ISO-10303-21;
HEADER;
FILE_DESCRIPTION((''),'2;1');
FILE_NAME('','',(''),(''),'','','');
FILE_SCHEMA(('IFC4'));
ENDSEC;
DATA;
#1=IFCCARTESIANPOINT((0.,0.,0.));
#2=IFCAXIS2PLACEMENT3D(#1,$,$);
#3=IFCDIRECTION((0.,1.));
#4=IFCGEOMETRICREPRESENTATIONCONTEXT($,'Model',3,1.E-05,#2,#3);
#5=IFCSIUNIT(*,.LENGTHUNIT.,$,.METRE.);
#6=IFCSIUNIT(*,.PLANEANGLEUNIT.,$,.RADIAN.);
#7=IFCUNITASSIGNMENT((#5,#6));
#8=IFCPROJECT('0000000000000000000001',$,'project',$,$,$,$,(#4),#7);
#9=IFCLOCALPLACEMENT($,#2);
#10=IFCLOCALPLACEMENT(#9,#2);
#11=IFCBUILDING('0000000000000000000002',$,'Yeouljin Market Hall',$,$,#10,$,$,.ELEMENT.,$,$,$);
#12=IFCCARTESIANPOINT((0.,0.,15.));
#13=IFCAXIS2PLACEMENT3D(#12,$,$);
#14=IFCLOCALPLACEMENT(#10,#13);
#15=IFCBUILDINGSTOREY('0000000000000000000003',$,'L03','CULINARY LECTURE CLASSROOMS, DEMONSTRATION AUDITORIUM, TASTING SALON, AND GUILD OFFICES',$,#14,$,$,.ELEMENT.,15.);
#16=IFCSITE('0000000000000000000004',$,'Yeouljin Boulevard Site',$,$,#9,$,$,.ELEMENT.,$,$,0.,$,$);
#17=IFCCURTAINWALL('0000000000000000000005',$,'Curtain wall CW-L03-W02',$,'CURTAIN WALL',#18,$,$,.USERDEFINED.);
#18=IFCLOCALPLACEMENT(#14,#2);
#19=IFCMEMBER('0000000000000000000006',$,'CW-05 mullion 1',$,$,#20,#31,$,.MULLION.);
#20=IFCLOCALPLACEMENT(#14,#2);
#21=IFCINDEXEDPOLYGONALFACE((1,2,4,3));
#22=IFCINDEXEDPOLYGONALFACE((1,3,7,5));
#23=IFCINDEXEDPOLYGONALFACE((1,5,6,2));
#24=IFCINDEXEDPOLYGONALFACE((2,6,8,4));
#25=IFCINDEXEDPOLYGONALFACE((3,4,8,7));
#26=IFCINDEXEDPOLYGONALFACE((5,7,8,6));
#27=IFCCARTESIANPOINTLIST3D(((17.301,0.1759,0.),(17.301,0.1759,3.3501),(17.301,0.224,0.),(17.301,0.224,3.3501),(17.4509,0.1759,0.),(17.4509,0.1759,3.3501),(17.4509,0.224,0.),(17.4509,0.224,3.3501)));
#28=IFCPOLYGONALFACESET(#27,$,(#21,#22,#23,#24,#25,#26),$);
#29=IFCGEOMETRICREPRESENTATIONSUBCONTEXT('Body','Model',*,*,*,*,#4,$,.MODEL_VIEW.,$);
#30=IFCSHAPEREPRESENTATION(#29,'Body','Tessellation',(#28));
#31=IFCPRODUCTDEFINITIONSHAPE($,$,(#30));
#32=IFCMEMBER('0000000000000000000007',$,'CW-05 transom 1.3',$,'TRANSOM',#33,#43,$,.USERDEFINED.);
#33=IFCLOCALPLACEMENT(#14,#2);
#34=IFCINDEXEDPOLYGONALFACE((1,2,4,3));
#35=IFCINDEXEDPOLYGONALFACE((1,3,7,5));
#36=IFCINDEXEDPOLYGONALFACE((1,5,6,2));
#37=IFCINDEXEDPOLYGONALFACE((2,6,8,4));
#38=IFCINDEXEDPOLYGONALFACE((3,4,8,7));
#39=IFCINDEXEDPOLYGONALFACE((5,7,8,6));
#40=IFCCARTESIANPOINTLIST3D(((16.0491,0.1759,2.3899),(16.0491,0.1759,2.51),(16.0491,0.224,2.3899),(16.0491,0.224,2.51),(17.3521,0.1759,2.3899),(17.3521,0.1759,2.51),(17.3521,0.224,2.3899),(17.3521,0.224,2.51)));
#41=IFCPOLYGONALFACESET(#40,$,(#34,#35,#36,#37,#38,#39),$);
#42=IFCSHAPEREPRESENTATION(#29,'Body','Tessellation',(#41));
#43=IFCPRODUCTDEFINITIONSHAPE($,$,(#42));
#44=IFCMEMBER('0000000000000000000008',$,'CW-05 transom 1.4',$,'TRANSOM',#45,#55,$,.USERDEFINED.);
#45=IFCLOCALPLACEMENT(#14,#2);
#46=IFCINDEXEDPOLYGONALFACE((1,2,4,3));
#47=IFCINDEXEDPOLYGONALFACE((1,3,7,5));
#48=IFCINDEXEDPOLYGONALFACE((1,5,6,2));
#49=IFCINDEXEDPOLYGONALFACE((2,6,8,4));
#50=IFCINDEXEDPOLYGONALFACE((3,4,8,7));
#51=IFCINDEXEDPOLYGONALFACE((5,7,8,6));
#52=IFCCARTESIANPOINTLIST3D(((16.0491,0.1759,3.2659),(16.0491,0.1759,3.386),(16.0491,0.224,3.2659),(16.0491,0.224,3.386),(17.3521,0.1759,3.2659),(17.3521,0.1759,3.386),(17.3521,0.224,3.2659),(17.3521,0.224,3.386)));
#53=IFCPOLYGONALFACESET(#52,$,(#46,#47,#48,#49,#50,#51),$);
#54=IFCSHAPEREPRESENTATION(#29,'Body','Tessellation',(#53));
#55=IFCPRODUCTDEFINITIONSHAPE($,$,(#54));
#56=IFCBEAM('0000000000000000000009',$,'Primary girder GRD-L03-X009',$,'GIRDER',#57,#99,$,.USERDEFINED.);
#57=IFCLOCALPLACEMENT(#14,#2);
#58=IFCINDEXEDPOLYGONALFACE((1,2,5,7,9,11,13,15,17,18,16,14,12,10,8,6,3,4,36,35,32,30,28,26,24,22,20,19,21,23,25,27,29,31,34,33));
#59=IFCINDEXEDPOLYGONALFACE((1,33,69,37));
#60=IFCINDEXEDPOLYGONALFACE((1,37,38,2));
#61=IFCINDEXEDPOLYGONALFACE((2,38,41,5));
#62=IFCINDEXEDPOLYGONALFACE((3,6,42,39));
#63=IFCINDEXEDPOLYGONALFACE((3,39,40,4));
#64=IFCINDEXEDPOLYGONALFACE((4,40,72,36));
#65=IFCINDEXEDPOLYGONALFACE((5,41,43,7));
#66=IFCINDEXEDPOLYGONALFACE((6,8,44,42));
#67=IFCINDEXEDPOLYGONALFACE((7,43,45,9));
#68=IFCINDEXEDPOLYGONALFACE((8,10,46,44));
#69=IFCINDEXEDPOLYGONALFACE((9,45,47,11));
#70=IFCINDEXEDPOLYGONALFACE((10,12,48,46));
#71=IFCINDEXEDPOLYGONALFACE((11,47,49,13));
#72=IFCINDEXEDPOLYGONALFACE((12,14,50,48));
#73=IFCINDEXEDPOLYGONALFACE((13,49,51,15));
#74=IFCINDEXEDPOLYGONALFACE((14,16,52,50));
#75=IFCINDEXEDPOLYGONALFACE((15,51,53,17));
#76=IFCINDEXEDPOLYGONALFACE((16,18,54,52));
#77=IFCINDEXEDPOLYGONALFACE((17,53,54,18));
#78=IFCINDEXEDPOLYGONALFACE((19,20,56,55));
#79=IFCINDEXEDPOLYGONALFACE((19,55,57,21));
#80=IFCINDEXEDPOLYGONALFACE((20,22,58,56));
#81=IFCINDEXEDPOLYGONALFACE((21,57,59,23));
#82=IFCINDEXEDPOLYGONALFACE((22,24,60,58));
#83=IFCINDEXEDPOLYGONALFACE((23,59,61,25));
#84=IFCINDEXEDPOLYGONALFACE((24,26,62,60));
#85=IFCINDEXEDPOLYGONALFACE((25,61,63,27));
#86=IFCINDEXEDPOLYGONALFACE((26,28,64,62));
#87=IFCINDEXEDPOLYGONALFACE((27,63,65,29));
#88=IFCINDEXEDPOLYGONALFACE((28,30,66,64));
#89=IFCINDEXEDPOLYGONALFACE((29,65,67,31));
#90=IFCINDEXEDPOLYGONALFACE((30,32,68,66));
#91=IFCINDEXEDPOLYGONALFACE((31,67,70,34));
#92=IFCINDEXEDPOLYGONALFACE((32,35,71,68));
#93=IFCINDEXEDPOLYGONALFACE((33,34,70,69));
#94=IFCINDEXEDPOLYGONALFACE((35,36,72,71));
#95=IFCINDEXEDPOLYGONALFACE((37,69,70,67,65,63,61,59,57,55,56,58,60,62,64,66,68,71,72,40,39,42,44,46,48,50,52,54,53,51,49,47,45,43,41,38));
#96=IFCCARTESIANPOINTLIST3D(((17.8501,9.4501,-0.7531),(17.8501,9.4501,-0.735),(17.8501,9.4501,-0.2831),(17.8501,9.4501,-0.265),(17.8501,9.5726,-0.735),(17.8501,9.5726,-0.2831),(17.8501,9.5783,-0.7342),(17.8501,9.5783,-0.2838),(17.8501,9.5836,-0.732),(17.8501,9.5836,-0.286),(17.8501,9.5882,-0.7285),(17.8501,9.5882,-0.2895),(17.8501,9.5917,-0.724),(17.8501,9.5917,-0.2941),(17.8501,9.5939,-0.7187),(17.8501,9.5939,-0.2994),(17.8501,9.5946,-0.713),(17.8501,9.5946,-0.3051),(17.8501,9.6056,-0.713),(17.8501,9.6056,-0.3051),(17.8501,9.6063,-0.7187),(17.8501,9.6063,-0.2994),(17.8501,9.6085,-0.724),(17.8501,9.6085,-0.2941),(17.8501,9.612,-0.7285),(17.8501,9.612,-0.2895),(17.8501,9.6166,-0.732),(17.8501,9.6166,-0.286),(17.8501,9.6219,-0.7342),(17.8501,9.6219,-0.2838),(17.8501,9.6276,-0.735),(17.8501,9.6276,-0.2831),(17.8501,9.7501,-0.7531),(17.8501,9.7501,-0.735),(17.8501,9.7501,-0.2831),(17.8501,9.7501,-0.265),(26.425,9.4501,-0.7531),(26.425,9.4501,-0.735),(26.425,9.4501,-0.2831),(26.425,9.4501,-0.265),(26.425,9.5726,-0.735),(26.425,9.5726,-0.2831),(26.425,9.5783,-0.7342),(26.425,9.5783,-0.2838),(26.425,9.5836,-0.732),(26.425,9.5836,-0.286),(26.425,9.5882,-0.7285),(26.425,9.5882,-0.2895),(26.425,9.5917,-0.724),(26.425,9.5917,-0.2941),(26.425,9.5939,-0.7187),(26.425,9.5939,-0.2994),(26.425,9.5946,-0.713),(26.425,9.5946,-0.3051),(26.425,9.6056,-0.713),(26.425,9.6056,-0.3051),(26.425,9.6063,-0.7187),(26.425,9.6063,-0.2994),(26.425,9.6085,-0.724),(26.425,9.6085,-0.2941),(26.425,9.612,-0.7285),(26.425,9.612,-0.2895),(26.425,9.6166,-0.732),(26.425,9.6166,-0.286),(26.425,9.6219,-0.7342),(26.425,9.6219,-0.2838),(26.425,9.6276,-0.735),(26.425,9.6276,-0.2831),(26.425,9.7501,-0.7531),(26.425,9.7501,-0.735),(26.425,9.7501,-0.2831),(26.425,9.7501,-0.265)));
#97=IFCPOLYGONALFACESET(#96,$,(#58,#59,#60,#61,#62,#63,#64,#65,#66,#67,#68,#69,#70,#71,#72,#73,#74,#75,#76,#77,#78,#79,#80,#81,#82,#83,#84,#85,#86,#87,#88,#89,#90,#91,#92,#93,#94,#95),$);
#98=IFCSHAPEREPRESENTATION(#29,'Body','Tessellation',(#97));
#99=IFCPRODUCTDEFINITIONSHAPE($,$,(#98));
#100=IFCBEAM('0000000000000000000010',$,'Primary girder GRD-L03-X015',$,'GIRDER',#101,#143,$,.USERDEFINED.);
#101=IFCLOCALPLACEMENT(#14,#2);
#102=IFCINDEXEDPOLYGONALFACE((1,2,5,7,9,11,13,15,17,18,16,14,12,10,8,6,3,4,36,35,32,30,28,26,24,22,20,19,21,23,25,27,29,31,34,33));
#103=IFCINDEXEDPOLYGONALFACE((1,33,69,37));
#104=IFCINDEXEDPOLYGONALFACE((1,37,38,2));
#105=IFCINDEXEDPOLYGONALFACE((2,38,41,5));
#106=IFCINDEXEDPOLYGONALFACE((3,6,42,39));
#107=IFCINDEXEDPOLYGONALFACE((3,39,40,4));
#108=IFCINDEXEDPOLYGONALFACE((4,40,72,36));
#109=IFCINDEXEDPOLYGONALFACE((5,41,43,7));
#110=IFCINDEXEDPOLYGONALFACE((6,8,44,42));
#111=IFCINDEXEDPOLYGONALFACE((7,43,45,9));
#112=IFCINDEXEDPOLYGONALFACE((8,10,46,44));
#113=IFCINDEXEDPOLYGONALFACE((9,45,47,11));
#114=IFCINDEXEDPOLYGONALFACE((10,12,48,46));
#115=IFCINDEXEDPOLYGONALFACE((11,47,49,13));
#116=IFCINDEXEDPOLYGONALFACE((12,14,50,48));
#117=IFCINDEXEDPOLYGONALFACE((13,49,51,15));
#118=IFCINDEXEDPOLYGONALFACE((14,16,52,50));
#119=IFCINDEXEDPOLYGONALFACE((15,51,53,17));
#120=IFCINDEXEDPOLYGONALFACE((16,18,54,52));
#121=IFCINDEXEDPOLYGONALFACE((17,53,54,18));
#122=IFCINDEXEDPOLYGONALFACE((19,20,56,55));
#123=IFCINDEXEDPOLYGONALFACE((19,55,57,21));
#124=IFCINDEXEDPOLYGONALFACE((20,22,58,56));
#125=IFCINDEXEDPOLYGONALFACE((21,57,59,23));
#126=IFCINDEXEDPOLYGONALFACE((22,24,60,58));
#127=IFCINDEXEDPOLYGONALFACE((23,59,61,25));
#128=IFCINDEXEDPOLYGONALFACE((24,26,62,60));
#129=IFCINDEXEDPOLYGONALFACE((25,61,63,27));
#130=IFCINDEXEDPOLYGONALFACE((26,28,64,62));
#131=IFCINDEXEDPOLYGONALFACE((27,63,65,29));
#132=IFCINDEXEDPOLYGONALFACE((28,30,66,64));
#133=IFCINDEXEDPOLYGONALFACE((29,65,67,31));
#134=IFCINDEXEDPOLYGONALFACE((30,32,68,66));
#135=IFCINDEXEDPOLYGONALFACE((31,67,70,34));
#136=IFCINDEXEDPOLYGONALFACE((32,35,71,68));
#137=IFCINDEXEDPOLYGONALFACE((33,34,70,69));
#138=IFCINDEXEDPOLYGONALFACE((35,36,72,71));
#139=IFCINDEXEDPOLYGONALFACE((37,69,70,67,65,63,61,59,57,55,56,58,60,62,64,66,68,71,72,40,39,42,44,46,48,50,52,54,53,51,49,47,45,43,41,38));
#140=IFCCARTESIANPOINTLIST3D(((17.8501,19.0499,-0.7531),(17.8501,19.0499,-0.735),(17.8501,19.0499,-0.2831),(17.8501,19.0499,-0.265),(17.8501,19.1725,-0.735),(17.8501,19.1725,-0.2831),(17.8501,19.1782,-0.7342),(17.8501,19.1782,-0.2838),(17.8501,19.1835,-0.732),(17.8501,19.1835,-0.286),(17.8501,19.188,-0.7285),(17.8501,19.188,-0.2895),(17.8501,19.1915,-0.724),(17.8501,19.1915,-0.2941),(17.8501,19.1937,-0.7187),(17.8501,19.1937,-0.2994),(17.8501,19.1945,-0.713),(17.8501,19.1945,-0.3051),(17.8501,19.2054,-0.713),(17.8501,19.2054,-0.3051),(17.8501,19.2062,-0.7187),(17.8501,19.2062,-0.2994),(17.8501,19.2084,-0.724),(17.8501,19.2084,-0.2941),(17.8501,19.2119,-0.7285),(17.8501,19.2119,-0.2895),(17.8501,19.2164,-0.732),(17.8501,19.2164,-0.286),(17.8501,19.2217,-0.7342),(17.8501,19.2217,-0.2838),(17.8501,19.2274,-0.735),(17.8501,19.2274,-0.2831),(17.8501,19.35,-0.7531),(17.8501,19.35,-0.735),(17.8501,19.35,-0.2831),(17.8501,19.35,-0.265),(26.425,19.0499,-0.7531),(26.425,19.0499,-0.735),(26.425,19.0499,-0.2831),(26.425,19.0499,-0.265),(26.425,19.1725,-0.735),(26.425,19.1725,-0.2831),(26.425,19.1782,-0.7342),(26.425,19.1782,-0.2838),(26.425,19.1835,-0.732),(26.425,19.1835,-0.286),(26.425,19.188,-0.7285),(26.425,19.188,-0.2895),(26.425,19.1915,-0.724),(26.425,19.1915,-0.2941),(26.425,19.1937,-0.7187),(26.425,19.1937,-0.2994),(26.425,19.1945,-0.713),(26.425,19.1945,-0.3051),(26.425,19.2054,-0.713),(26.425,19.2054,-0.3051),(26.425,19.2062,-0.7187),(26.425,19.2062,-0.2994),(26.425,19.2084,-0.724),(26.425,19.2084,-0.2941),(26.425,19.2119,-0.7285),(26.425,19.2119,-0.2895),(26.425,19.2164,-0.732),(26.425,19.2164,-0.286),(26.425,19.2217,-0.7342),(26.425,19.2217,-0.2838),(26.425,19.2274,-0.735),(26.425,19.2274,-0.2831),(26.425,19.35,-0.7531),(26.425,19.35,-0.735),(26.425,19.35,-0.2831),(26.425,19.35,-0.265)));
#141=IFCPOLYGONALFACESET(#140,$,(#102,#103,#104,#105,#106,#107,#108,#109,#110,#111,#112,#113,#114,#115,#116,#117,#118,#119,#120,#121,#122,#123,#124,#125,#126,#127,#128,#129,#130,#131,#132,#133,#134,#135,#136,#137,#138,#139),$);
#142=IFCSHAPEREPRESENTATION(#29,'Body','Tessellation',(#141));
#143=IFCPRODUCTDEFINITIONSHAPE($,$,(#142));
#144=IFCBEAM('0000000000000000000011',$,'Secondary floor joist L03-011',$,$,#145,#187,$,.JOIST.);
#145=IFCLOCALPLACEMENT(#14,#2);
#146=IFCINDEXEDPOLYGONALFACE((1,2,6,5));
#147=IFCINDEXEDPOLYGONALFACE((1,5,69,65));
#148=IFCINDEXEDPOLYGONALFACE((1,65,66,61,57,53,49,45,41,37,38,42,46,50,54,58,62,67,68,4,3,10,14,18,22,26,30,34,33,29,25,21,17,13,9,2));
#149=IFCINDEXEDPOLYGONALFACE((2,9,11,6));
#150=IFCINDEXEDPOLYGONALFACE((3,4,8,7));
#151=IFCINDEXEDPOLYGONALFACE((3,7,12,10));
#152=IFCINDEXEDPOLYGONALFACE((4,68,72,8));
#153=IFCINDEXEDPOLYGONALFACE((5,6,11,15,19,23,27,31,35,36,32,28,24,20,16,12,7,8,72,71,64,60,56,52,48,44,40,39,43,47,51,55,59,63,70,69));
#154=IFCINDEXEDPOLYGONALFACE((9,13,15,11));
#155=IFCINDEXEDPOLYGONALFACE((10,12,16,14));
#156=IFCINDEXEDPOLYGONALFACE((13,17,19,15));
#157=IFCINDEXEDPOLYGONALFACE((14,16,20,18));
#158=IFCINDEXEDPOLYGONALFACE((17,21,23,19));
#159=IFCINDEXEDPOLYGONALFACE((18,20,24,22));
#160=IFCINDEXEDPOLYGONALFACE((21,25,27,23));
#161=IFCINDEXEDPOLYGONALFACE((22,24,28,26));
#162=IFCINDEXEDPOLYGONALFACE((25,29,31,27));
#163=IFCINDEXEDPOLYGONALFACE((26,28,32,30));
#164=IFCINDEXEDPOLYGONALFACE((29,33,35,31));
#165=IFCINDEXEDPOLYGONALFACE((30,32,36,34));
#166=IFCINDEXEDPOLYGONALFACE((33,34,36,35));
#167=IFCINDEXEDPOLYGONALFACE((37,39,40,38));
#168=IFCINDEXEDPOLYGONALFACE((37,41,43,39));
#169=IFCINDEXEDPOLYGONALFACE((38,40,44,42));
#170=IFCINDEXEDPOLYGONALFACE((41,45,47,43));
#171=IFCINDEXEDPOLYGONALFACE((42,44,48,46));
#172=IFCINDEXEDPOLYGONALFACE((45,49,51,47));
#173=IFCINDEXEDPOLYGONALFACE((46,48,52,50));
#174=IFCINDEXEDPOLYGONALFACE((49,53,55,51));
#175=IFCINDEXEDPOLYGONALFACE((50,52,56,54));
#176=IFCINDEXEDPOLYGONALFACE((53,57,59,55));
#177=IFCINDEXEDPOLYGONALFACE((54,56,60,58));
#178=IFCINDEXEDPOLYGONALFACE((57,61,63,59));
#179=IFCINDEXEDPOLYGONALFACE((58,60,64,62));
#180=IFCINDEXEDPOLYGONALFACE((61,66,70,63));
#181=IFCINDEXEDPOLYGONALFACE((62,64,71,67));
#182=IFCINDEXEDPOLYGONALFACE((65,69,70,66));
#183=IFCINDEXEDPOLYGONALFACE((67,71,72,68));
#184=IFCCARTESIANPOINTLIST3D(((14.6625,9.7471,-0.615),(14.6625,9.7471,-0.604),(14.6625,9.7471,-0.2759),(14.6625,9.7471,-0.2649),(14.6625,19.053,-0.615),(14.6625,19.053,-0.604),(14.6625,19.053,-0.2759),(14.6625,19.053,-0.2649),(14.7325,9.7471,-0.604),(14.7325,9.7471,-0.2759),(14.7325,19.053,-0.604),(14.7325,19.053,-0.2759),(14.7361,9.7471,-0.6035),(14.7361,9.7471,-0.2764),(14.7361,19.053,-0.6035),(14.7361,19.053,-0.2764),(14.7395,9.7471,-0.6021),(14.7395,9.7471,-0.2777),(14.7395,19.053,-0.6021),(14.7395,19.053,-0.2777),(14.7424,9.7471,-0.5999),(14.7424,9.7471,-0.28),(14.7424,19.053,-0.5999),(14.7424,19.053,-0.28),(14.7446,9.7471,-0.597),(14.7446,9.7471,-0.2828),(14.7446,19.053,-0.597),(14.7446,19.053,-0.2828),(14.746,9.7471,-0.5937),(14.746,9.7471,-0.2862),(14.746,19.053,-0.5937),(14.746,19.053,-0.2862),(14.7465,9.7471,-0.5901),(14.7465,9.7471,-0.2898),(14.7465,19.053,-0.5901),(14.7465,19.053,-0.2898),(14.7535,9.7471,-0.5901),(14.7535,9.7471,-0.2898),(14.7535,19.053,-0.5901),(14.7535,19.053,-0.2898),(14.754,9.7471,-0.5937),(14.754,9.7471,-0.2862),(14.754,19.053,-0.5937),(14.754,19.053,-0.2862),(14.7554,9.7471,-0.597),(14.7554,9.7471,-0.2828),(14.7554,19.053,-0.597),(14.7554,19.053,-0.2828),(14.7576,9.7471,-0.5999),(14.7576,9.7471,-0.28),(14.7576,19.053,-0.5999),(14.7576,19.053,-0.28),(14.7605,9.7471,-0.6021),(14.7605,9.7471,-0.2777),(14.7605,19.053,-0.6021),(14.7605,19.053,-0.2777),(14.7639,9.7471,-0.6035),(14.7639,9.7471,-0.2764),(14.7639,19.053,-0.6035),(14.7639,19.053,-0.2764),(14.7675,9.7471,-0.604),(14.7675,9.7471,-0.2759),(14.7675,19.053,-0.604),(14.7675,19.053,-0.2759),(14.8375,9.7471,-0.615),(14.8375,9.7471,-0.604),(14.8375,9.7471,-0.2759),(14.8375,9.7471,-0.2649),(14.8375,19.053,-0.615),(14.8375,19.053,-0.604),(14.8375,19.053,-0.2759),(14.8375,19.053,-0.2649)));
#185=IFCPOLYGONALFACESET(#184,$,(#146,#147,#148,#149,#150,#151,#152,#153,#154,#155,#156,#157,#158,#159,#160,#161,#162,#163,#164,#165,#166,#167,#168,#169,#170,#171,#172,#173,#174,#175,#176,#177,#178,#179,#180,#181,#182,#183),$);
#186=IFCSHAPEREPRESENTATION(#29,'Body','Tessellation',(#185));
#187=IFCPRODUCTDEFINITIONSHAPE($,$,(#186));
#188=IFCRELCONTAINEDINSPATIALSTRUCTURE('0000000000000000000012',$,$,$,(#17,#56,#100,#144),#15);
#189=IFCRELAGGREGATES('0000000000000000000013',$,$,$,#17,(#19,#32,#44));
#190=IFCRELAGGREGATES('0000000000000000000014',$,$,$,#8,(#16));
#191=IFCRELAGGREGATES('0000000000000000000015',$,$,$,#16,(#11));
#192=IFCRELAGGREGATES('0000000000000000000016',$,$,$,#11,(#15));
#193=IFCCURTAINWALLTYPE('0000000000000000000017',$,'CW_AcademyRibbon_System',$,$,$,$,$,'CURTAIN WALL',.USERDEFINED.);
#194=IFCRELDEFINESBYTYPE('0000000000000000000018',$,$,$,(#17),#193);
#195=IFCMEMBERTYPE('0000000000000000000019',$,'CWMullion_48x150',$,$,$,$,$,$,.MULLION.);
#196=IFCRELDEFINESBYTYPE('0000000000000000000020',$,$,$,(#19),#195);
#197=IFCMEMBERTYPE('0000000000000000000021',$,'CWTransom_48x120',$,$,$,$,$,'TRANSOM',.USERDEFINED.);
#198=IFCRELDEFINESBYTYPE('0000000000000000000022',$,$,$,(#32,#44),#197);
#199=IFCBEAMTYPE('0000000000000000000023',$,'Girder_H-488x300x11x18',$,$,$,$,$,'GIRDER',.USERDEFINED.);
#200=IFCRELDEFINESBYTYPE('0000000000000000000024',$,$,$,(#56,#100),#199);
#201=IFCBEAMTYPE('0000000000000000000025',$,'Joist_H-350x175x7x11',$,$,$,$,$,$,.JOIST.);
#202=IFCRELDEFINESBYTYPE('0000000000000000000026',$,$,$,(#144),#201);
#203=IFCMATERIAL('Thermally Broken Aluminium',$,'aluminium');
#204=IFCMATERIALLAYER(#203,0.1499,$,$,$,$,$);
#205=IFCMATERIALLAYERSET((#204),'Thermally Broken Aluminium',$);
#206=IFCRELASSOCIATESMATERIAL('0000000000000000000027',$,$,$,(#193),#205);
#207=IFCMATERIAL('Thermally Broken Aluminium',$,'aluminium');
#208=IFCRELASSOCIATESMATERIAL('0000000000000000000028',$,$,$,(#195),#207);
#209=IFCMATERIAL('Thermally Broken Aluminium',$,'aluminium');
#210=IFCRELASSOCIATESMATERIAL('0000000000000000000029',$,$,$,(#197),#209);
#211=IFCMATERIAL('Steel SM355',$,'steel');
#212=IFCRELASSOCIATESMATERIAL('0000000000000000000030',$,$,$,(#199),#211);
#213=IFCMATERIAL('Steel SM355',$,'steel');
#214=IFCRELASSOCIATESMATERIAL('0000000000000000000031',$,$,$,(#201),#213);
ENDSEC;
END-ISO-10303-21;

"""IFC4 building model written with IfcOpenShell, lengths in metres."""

from ifc_helpers import new_model, si_unit, direction, frame, origin, origin_2d, place, context, subcontext, project, spatial, rectangle, i_section, extrude, material, layer, layer_set, material_profile, profile_set, type_object, element, aggregate, save


model = new_model("IFC4")

# Units and contexts
model_context = context("Model", 3, precision=1e-05, world=origin(), true_north=direction((0.0, 1.0)))
body_context = subcontext(model_context, "Body", "Model", "MODEL_VIEW")
ifc_project = project(units=[si_unit("LENGTHUNIT", "METRE"), si_unit("PLANEANGLEUNIT", "RADIAN")], contexts=[model_context])

# Site, building, storey
site_placement = place(None, origin())
site = spatial("IfcSite", under=ifc_project, at=site_placement, Name="Yeouljin Boulevard Site", CompositionType="ELEMENT", RefElevation=0.0)
building_placement = place(site_placement, origin())
building = spatial("IfcBuilding", under=site, at=building_placement, Name="Yeouljin Market Hall", CompositionType="ELEMENT")
storey_placement = place(building_placement, frame((0.0, 0.0, 15.0)))
storey = spatial("IfcBuildingStorey", under=building, at=storey_placement, Name="L03", Description="CULINARY LECTURE CLASSROOMS, DEMONSTRATION AUDITORIUM, TASTING SALON, AND GUILD OFFICES", CompositionType="ELEMENT", Elevation=15.0)

# Curtain wall, members
ifc_material_1 = material(Name="Thermally Broken Aluminium", Category="aluminium")
ifc_layer_1 = layer(ifc_material_1, 0.1499)
ifc_layer_set_1 = layer_set([ifc_layer_1], Name="Thermally Broken Aluminium")
curtain_wall_type = type_object("IfcCurtainWallType", Name="CW_AcademyRibbon_System", ElementType="CURTAIN WALL", PredefinedType="USERDEFINED", material=ifc_layer_set_1)
curtain_wall_placement = place(storey_placement, origin())
curtain_wall = element("IfcCurtainWall", 1, at=curtain_wall_placement, inside=storey, type_object=curtain_wall_type, Name="Curtain wall CW-L03-W02", ObjectType="CURTAIN WALL", PredefinedType="USERDEFINED")
ifc_material_2 = material(Name="Thermally Broken Aluminium", Category="aluminium")
ifc_material_profile_1 = material_profile(ifc_material_2, rectangle(XDim=0.0481, YDim=0.1499, at=origin_2d()), Name="CW-MULL-48x150")
ifc_profile_set_1 = profile_set([ifc_material_profile_1], Name="Thermally Broken Aluminium")
member_type_1 = type_object("IfcMemberType", Name="CWMullion_48x150", PredefinedType="MULLION", material=ifc_profile_set_1)
member_1_placement = place(storey_placement, frame((17.376, 0.2, 0.0), z_axis=(0.0, 0.0, 1.0), x_axis=(0.0, -1.0, 0.0)))
member_1 = element("IfcMember", 2, at=member_1_placement, type_object=member_type_1, Name="CW-05 mullion 1", PredefinedType="MULLION", context=body_context, shape_type="SweptSolid", body=[
    extrude(rectangle(XDim=0.0481, YDim=0.1499, at=origin_2d()), origin(), (0.0, 0.0, 1.0), 3.3501),
])
ifc_material_3 = material(Name="Thermally Broken Aluminium", Category="aluminium")
ifc_material_profile_2 = material_profile(ifc_material_3, rectangle(XDim=0.0481, YDim=0.1201, at=origin_2d()), Name="CW-TRAN-48x120")
ifc_profile_set_2 = profile_set([ifc_material_profile_2], Name="Thermally Broken Aluminium")
member_type_2 = type_object("IfcMemberType", Name="CWTransom_48x120", ElementType="TRANSOM", PredefinedType="USERDEFINED", material=ifc_profile_set_2)
member_2_placement = place(storey_placement, frame((17.3521, 0.2, 2.45), z_axis=(-1.0, 0.0, 0.0), x_axis=(0.0, -1.0, 0.0)))
member_2 = element("IfcMember", 3, at=member_2_placement, type_object=member_type_2, Name="CW-05 transom 1.3", ObjectType="TRANSOM", PredefinedType="USERDEFINED", context=body_context, shape_type="SweptSolid", body=[
    extrude(rectangle(XDim=0.0481, YDim=0.1201, at=origin_2d()), origin(), (0.0, 0.0, 1.0), 1.303),
])
member_3_placement = place(storey_placement, frame((17.3521, 0.2, 3.3259), z_axis=(-1.0, 0.0, 0.0), x_axis=(0.0, -1.0, 0.0)))
member_3 = element("IfcMember", 4, at=member_3_placement, type_object=member_type_2, Name="CW-05 transom 1.4", ObjectType="TRANSOM", PredefinedType="USERDEFINED", context=body_context, shape_type="SweptSolid", body=[
    extrude(rectangle(XDim=0.0481, YDim=0.1201, at=origin_2d()), origin(), (0.0, 0.0, 1.0), 1.303),
])
aggregate(curtain_wall, [member_1, member_2, member_3])

# Beams
ifc_material_4 = material(Name="Steel SM355", Category="steel")
ifc_material_profile_3 = material_profile(ifc_material_4, i_section(OverallWidth=0.3, OverallDepth=0.488, WebThickness=0.011, FlangeThickness=0.0181, FilletRadius=0.022, at=origin_2d()), Name="H-488x300x11x18")
ifc_profile_set_3 = profile_set([ifc_material_profile_3], Name="Steel SM355")
beam_type_1 = type_object("IfcBeamType", Name="Girder_H-488x300x11x18", ElementType="GIRDER", PredefinedType="USERDEFINED", material=ifc_profile_set_3)
for number, where, z_axis, x_axis, name in (
    (5, (17.8501, 9.6001, -0.509), (1.0, 0.0, 0.0), (0.0, 1.0, 0.0), "Primary girder GRD-L03-X009"),
    (6, (17.8501, 19.2, -0.509), (1.0, 0.0, 0.0), (0.0, 1.0, 0.0), "Primary girder GRD-L03-X015"),
):
    element("IfcBeam", number, at=place(storey_placement, frame(where, z_axis=z_axis, x_axis=x_axis)), inside=storey, type_object=beam_type_1, Name=name, ObjectType="GIRDER", PredefinedType="USERDEFINED", context=body_context, shape_type="SweptSolid", body=[
        extrude(i_section(OverallWidth=0.3, OverallDepth=0.488, WebThickness=0.011, FlangeThickness=0.0181, FilletRadius=0.022, at=origin_2d()), origin(), (0.0, 0.0, 1.0), 8.575),
    ])
ifc_material_5 = material(Name="Steel SM355", Category="steel")
ifc_material_profile_4 = material_profile(ifc_material_5, i_section(OverallWidth=0.175, OverallDepth=0.3501, WebThickness=0.0071, FlangeThickness=0.011, FilletRadius=0.0139, at=origin_2d()), Name="H-350x175x7x11")
ifc_profile_set_4 = profile_set([ifc_material_profile_4], Name="Steel SM355")
beam_type_2 = type_object("IfcBeamType", Name="Joist_H-350x175x7x11", PredefinedType="JOIST", material=ifc_profile_set_4)
for number, where, z_axis, x_axis, name in (
    (7, (14.75, 9.7471, -0.4399), (0.0, 1.0, 0.0), (-1.0, 0.0, 0.0), "Secondary floor joist L03-011"),
):
    element("IfcBeam", number, at=place(storey_placement, frame(where, z_axis=z_axis, x_axis=x_axis)), inside=storey, type_object=beam_type_2, Name=name, PredefinedType="JOIST", context=body_context, shape_type="SweptSolid", body=[
        extrude(i_section(OverallWidth=0.175, OverallDepth=0.3501, WebThickness=0.0071, FlangeThickness=0.011, FilletRadius=0.0139, at=origin_2d()), origin(), (0.0, 0.0, 1.0), 9.3059),
    ])

save(model, "model.ifc")
